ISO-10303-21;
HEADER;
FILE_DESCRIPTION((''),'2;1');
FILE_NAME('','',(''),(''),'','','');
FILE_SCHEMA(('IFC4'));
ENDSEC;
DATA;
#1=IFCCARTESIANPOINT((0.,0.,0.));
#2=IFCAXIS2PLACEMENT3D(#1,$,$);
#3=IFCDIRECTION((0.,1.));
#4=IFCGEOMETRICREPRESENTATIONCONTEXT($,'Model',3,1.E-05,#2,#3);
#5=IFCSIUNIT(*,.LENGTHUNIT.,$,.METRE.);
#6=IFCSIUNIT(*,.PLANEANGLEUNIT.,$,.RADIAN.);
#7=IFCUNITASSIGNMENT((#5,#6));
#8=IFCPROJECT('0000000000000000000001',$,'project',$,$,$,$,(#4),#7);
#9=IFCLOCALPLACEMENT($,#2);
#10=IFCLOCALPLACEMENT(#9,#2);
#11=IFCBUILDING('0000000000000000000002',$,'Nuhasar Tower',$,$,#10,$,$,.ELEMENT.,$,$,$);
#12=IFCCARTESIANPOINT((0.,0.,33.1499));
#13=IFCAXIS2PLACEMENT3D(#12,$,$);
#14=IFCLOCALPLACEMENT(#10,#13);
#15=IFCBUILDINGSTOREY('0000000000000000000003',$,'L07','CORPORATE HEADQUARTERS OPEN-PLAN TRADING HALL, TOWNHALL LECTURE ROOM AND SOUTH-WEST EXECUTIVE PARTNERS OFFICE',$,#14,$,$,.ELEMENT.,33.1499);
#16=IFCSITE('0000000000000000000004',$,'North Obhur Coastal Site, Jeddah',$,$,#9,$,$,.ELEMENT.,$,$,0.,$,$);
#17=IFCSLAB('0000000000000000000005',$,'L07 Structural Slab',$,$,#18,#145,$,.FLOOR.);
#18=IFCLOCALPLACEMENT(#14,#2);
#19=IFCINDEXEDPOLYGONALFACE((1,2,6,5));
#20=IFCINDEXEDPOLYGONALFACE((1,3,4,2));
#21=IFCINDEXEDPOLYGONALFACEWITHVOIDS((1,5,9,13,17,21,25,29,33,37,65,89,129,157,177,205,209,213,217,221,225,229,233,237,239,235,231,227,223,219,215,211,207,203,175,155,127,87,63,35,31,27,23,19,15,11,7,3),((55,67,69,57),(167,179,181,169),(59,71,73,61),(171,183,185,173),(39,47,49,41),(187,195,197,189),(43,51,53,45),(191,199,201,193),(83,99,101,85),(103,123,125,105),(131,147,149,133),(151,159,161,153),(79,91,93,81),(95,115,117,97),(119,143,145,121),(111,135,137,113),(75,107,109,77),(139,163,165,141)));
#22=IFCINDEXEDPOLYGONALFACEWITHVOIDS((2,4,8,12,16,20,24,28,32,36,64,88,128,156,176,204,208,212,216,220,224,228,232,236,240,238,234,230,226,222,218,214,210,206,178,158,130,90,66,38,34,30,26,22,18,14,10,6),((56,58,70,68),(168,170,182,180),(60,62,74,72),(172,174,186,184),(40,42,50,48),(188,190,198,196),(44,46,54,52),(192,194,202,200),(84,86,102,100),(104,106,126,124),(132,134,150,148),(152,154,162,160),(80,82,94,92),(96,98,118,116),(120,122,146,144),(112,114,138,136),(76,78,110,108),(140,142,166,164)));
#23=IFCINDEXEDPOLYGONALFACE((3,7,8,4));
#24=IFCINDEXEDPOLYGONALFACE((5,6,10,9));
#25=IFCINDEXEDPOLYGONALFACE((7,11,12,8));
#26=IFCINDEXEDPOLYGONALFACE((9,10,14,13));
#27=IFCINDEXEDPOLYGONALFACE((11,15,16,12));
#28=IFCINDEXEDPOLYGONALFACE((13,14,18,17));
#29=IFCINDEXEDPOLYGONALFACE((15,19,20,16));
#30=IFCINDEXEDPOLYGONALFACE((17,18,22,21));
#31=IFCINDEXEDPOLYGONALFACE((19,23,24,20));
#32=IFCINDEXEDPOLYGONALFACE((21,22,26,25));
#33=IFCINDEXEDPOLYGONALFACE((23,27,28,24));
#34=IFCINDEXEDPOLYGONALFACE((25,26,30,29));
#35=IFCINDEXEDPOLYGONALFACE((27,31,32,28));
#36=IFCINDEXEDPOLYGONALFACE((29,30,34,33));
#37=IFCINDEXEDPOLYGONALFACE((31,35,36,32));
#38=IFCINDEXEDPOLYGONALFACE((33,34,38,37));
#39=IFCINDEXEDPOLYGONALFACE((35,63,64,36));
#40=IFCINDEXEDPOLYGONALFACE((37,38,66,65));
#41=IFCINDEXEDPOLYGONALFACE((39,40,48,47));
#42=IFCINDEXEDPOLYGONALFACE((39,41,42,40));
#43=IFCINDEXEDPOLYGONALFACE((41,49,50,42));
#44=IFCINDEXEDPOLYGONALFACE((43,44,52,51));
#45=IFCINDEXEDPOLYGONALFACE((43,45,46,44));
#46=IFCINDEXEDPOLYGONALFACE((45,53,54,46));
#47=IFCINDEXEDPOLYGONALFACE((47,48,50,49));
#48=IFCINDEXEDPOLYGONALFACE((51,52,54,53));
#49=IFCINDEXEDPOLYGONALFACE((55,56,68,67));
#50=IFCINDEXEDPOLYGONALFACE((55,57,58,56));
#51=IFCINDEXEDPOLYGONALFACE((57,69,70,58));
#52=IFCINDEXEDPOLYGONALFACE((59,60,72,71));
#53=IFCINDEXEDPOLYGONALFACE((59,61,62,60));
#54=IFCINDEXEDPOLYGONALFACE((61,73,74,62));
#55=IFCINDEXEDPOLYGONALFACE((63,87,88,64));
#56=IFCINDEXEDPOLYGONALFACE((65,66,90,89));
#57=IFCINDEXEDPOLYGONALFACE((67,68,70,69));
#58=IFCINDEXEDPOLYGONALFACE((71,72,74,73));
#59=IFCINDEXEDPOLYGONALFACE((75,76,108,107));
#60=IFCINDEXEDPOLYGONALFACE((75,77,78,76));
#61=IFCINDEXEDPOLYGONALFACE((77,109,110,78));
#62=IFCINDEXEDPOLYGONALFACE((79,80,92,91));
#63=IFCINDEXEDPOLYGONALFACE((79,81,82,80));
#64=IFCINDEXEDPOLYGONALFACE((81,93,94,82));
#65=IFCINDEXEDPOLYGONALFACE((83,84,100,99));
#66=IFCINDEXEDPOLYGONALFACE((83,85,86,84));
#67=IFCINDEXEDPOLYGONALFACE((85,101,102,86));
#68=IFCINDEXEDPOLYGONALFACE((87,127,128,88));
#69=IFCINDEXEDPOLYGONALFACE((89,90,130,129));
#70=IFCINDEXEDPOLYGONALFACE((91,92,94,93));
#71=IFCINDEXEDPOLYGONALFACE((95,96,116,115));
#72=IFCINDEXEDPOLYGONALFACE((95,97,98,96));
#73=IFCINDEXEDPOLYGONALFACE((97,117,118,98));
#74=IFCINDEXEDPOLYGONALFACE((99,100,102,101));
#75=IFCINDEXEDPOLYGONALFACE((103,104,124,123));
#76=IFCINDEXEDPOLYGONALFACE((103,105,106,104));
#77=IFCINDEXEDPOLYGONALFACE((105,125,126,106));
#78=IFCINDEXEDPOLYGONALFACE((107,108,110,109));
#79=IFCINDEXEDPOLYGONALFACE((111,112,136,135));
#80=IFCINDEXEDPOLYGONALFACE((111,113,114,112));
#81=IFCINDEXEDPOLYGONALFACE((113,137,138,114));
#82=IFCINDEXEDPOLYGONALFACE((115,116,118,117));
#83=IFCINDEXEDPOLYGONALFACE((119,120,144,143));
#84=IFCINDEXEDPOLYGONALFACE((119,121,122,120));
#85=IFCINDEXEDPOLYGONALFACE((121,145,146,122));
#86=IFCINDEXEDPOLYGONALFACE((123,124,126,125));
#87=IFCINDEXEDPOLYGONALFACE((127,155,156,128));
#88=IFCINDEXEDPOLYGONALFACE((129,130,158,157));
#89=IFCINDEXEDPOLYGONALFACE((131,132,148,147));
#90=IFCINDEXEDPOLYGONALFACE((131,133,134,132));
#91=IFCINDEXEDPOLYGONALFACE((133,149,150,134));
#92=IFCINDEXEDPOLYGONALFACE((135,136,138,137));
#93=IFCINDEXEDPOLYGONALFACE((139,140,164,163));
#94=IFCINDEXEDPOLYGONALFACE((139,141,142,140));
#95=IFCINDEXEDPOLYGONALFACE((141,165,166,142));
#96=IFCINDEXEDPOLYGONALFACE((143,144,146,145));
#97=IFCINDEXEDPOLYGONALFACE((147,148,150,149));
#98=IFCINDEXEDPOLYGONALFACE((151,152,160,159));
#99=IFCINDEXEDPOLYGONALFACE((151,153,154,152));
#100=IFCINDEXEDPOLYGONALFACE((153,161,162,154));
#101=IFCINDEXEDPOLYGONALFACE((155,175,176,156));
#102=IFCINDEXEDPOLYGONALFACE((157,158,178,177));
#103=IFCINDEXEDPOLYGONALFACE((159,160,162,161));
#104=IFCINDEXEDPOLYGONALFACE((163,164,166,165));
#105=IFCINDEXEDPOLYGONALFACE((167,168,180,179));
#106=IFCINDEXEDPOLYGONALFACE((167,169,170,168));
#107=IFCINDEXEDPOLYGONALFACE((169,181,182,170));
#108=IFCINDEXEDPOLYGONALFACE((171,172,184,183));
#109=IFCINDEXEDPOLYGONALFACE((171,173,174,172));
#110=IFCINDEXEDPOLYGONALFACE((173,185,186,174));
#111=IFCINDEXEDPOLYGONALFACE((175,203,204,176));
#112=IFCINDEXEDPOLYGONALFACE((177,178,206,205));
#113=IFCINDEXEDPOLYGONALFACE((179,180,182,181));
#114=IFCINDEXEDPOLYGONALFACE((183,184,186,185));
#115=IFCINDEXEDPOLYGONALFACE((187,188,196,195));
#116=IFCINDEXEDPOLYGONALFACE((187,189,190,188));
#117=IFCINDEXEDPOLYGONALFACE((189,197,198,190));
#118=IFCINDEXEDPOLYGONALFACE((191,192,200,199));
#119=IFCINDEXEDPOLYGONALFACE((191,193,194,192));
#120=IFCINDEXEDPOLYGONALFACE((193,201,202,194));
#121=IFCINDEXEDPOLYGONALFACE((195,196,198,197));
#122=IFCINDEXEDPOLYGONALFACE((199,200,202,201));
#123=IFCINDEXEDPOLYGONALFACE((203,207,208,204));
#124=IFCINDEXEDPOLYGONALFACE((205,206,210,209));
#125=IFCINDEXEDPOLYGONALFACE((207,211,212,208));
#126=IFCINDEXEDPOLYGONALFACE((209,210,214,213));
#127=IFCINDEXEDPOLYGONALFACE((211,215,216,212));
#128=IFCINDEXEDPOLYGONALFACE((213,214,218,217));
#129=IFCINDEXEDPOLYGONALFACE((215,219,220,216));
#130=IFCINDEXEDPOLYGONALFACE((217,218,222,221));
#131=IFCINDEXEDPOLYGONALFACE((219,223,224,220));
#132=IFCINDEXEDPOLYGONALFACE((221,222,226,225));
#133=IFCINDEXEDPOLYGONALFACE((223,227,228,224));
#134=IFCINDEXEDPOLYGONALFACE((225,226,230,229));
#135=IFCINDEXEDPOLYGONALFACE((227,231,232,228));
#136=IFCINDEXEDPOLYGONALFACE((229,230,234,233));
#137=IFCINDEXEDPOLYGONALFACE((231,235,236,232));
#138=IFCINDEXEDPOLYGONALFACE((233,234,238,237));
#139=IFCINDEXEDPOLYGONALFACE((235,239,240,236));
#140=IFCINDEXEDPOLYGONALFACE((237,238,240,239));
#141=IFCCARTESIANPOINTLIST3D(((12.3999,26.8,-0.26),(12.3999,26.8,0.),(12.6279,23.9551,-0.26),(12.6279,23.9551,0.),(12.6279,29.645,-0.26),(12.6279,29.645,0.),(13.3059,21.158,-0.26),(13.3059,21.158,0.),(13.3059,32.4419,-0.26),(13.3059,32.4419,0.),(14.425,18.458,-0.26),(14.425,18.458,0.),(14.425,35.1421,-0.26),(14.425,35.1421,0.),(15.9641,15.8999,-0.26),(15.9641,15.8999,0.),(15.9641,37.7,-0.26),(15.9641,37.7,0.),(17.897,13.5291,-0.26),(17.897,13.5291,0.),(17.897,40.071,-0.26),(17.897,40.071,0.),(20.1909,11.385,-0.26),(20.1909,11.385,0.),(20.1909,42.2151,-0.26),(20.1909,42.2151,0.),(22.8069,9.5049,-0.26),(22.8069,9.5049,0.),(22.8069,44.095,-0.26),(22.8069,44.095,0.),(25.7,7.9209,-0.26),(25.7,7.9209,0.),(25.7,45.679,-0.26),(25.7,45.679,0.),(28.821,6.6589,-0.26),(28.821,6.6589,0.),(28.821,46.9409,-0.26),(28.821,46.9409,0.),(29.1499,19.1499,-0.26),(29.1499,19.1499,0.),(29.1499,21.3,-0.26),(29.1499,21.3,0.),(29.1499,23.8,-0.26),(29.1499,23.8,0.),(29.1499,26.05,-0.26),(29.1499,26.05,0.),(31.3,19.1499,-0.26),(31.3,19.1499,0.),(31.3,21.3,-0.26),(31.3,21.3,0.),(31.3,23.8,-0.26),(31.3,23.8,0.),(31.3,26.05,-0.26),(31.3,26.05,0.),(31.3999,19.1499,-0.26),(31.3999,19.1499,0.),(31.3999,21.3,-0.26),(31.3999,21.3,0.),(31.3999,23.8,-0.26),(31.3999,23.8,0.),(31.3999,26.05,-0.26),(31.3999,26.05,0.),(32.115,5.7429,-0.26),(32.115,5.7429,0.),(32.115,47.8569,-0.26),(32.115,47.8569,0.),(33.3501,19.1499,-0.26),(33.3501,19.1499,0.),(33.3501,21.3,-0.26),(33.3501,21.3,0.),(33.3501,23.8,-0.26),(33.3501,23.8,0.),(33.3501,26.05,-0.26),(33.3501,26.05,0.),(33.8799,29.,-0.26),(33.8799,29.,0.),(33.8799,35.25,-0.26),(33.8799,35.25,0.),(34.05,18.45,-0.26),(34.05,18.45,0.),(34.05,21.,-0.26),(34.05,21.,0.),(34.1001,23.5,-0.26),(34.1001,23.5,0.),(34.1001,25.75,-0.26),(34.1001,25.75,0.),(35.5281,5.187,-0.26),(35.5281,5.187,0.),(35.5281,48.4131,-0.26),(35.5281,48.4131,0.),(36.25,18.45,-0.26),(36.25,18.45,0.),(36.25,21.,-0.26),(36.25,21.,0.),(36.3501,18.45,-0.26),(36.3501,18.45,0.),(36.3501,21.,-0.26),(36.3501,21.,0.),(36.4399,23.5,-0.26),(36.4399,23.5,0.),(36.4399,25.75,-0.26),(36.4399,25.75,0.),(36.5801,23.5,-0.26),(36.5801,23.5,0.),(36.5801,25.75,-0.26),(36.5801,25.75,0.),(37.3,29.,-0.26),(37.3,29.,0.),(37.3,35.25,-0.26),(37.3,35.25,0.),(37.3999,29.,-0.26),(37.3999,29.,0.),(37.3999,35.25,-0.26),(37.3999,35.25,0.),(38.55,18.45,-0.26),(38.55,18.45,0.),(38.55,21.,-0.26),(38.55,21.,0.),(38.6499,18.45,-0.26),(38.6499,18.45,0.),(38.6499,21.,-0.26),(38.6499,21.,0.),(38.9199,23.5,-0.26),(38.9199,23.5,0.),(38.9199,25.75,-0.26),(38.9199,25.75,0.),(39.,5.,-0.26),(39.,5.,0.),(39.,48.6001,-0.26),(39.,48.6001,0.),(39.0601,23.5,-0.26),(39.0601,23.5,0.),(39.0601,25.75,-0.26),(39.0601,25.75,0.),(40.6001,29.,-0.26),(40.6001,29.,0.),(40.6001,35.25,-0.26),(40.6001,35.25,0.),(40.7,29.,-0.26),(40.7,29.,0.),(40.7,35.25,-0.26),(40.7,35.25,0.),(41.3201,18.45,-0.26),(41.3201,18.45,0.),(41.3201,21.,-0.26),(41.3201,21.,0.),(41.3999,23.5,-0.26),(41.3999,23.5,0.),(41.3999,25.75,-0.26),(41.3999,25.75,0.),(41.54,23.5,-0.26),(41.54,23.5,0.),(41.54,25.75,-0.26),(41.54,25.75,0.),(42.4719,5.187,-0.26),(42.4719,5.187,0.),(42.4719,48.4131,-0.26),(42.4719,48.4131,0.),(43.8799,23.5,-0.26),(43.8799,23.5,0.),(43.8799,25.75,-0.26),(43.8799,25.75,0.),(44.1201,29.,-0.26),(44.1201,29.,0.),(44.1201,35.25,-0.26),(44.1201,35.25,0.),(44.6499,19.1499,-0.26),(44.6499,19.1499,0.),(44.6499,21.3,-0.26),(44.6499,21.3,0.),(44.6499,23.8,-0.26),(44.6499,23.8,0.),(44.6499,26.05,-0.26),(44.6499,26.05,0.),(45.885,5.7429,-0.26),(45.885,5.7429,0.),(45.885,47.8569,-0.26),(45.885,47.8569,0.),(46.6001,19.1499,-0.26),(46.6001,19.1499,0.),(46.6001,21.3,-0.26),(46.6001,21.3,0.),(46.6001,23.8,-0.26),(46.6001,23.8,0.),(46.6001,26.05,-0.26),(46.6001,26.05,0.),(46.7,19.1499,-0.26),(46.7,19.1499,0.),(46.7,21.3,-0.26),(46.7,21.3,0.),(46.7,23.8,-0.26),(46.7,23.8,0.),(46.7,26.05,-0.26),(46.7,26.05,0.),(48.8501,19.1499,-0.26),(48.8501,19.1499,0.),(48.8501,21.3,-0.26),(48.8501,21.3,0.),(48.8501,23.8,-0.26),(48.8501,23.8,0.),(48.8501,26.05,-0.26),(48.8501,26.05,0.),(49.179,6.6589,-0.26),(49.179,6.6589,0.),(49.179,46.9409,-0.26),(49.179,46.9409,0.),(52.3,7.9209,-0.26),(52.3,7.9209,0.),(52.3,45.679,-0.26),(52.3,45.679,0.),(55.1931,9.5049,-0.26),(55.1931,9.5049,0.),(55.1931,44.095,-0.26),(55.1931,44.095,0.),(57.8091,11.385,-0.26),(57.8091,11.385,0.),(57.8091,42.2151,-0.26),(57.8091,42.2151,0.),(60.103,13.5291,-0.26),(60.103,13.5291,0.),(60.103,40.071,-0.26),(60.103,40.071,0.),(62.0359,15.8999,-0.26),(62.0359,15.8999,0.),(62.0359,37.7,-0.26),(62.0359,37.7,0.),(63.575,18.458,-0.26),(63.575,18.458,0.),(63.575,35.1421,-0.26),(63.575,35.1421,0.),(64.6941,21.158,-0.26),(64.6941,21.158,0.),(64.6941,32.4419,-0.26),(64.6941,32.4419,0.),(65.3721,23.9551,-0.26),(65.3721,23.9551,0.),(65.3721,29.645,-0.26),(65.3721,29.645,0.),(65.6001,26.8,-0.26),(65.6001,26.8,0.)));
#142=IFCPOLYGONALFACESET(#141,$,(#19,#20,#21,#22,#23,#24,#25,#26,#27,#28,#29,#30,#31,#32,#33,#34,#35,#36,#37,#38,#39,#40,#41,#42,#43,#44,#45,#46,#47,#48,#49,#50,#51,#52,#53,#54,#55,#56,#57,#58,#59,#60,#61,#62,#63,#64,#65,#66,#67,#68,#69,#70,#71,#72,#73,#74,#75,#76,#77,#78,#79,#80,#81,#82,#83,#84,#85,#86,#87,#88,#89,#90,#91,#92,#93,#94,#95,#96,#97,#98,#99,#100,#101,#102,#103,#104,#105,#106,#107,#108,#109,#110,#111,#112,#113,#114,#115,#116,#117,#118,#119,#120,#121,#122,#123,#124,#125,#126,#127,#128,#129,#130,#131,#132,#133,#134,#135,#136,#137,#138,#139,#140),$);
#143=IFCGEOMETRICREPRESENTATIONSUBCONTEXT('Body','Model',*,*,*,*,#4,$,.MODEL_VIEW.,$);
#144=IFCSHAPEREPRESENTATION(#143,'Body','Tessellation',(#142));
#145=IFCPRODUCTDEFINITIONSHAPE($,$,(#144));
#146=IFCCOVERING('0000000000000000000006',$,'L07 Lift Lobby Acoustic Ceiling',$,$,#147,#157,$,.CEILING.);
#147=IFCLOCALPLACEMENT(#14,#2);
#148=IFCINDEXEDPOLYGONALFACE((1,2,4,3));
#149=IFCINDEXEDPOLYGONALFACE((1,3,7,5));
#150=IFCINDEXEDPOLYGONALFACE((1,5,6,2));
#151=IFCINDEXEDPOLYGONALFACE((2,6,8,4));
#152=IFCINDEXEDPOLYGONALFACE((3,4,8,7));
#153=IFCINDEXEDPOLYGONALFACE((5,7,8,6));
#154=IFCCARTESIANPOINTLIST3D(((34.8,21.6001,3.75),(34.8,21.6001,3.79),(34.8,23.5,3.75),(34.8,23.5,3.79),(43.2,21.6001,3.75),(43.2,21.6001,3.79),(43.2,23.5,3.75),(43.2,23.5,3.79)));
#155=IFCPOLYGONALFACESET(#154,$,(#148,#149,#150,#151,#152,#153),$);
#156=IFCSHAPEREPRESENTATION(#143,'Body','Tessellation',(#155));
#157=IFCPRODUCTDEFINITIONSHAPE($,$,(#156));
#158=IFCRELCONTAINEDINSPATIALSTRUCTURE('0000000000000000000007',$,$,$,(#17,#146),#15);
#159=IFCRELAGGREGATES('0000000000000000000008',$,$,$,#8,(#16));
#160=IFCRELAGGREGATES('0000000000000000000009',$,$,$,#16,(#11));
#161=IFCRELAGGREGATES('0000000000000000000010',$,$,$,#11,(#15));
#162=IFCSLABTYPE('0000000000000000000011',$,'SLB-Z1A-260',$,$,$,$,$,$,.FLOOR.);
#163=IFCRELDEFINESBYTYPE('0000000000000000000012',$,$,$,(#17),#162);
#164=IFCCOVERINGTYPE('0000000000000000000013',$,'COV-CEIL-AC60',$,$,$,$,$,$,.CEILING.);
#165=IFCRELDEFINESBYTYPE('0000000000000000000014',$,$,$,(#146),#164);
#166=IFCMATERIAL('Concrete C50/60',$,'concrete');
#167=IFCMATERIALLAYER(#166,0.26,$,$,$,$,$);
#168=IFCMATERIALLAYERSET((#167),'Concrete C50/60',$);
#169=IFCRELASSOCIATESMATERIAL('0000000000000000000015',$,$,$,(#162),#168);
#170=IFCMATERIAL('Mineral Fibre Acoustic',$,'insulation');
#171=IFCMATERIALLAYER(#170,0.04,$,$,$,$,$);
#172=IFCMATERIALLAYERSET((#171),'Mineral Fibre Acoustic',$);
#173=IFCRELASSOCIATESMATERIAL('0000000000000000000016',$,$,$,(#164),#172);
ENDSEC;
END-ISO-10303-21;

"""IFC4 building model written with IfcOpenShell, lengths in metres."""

from ifc_helpers import new_model, si_unit, direction, frame, origin, place, context, subcontext, project, spatial, polyline, outline, extrude, material, layer, layer_set, type_object, element, save


model = new_model("IFC4")

# Units and contexts
model_context = context("Model", 3, precision=1e-05, world=origin(), true_north=direction((0.0, 1.0)))
body_context = subcontext(model_context, "Body", "Model", "MODEL_VIEW")
ifc_project = project(units=[si_unit("LENGTHUNIT", "METRE"), si_unit("PLANEANGLEUNIT", "RADIAN")], contexts=[model_context])

# Site, building, storey
site_placement = place(None, origin())
site = spatial("IfcSite", under=ifc_project, at=site_placement, Name="North Obhur Coastal Site, Jeddah", CompositionType="ELEMENT", RefElevation=0.0)
building_placement = place(site_placement, origin())
building = spatial("IfcBuilding", under=site, at=building_placement, Name="Nuhasar Tower", CompositionType="ELEMENT")
storey_placement = place(building_placement, frame((0.0, 0.0, 33.1499)))
storey = spatial("IfcBuildingStorey", under=building, at=storey_placement, Name="L07", Description="CORPORATE HEADQUARTERS OPEN-PLAN TRADING HALL, TOWNHALL LECTURE ROOM AND SOUTH-WEST EXECUTIVE PARTNERS OFFICE", CompositionType="ELEMENT", Elevation=33.1499)

# Slab
ifc_material_1 = material(Name="Concrete C50/60", Category="concrete")
ifc_layer_1 = layer(ifc_material_1, 0.26)
ifc_layer_set_1 = layer_set([ifc_layer_1], Name="Concrete C50/60")
slab_type_1 = type_object("IfcSlabType", Name="SLB-Z1A-260", PredefinedType="FLOOR", material=ifc_layer_set_1)
slab_1_placement = place(storey_placement, frame((0.0, 0.0, -0.26)))
element("IfcSlab", 1, at=slab_1_placement, inside=storey, type_object=slab_type_1, Name="L07 Structural Slab", PredefinedType="FLOOR", context=body_context, shape_type="SweptSolid", body=[
    extrude(outline(polyline([(65.6001, 26.8), (65.3721, 29.645), (64.6941, 32.4419), (63.575, 35.1421), (62.0359, 37.7), (60.103, 40.071), (57.8091, 42.2151), (55.1931, 44.095), (52.3, 45.679), (49.179, 46.9409), (45.885, 47.8569), (42.4719, 48.4131), (39.0, 48.6001), (35.5281, 48.4131), (32.115, 47.8569), (28.821, 46.9409), (25.7, 45.679), (22.8069, 44.095), (20.1909, 42.2151), (17.897, 40.071), (15.9641, 37.7), (14.425, 35.1421), (13.3059, 32.4419), (12.6279, 29.645), (12.3999, 26.8), (12.6279, 23.9551), (13.3059, 21.158), (14.425, 18.458), (15.9641, 15.8999), (17.897, 13.5291), (20.1909, 11.385), (22.8069, 9.5049), (25.7, 7.9209), (28.821, 6.6589), (32.115, 5.7429), (35.5281, 5.187), (39.0, 5.0), (42.4719, 5.187), (45.885, 5.7429), (49.179, 6.6589), (52.3, 7.9209), (55.1931, 9.5049), (57.8091, 11.385), (60.103, 13.5291), (62.0359, 15.8999), (63.575, 18.458), (64.6941, 21.158), (65.3721, 23.9551), (65.6001, 26.8)]), holes=[polyline([(33.8799, 35.25), (37.3, 35.25), (37.3, 29.0), (33.8799, 29.0), (33.8799, 35.25)]), polyline([(37.3999, 35.25), (40.6001, 35.25), (40.6001, 29.0), (37.3999, 29.0), (37.3999, 35.25)]), polyline([(40.7, 35.25), (44.1201, 35.25), (44.1201, 29.0), (40.7, 29.0), (40.7, 35.25)]), polyline([(29.1499, 26.05), (31.3, 26.05), (31.3, 23.8), (29.1499, 23.8), (29.1499, 26.05)]), polyline([(31.3999, 26.05), (33.3501, 26.05), (33.3501, 23.8), (31.3999, 23.8), (31.3999, 26.05)]), polyline([(29.1499, 21.3), (31.3, 21.3), (31.3, 19.1499), (29.1499, 19.1499), (29.1499, 21.3)]), polyline([(31.3999, 21.3), (33.3501, 21.3), (33.3501, 19.1499), (31.3999, 19.1499), (31.3999, 21.3)]), polyline([(44.6499, 26.05), (46.6001, 26.05), (46.6001, 23.8), (44.6499, 23.8), (44.6499, 26.05)]), polyline([(46.7, 26.05), (48.8501, 26.05), (48.8501, 23.8), (46.7, 23.8), (46.7, 26.05)]), polyline([(44.6499, 21.3), (46.6001, 21.3), (46.6001, 19.1499), (44.6499, 19.1499), (44.6499, 21.3)]), polyline([(46.7, 21.3), (48.8501, 21.3), (48.8501, 19.1499), (46.7, 19.1499), (46.7, 21.3)]), polyline([(34.1001, 25.75), (36.4399, 25.75), (36.4399, 23.5), (34.1001, 23.5), (34.1001, 25.75)]), polyline([(36.5801, 25.75), (38.9199, 25.75), (38.9199, 23.5), (36.5801, 23.5), (36.5801, 25.75)]), polyline([(39.0601, 25.75), (41.3999, 25.75), (41.3999, 23.5), (39.0601, 23.5), (39.0601, 25.75)]), polyline([(41.54, 25.75), (43.8799, 25.75), (43.8799, 23.5), (41.54, 23.5), (41.54, 25.75)]), polyline([(34.05, 21.0), (36.25, 21.0), (36.25, 18.45), (34.05, 18.45), (34.05, 21.0)]), polyline([(36.3501, 21.0), (38.55, 21.0), (38.55, 18.45), (36.3501, 18.45), (36.3501, 21.0)]), polyline([(38.6499, 21.0), (41.3201, 21.0), (41.3201, 18.45), (38.6499, 18.45), (38.6499, 21.0)])]), origin(), (0.0, 0.0, 1.0), 0.26),
])

# Covering
ifc_material_2 = material(Name="Mineral Fibre Acoustic", Category="insulation")
ifc_layer_2 = layer(ifc_material_2, 0.04)
ifc_layer_set_2 = layer_set([ifc_layer_2], Name="Mineral Fibre Acoustic")
covering_type = type_object("IfcCoveringType", Name="COV-CEIL-AC60", PredefinedType="CEILING", material=ifc_layer_set_2)
covering_placement = place(storey_placement, frame((0.0, 0.0, 3.75)))
element("IfcCovering", 2, at=covering_placement, inside=storey, type_object=covering_type, Name="L07 Lift Lobby Acoustic Ceiling", PredefinedType="CEILING", context=body_context, shape_type="SweptSolid", body=[
    extrude(outline(polyline([(34.8, 21.6001), (43.2, 21.6001), (43.2, 23.5), (34.8, 23.5), (34.8, 21.6001)])), origin(), (0.0, 0.0, 1.0), 0.04),
])

save(model, "model.ifc")
